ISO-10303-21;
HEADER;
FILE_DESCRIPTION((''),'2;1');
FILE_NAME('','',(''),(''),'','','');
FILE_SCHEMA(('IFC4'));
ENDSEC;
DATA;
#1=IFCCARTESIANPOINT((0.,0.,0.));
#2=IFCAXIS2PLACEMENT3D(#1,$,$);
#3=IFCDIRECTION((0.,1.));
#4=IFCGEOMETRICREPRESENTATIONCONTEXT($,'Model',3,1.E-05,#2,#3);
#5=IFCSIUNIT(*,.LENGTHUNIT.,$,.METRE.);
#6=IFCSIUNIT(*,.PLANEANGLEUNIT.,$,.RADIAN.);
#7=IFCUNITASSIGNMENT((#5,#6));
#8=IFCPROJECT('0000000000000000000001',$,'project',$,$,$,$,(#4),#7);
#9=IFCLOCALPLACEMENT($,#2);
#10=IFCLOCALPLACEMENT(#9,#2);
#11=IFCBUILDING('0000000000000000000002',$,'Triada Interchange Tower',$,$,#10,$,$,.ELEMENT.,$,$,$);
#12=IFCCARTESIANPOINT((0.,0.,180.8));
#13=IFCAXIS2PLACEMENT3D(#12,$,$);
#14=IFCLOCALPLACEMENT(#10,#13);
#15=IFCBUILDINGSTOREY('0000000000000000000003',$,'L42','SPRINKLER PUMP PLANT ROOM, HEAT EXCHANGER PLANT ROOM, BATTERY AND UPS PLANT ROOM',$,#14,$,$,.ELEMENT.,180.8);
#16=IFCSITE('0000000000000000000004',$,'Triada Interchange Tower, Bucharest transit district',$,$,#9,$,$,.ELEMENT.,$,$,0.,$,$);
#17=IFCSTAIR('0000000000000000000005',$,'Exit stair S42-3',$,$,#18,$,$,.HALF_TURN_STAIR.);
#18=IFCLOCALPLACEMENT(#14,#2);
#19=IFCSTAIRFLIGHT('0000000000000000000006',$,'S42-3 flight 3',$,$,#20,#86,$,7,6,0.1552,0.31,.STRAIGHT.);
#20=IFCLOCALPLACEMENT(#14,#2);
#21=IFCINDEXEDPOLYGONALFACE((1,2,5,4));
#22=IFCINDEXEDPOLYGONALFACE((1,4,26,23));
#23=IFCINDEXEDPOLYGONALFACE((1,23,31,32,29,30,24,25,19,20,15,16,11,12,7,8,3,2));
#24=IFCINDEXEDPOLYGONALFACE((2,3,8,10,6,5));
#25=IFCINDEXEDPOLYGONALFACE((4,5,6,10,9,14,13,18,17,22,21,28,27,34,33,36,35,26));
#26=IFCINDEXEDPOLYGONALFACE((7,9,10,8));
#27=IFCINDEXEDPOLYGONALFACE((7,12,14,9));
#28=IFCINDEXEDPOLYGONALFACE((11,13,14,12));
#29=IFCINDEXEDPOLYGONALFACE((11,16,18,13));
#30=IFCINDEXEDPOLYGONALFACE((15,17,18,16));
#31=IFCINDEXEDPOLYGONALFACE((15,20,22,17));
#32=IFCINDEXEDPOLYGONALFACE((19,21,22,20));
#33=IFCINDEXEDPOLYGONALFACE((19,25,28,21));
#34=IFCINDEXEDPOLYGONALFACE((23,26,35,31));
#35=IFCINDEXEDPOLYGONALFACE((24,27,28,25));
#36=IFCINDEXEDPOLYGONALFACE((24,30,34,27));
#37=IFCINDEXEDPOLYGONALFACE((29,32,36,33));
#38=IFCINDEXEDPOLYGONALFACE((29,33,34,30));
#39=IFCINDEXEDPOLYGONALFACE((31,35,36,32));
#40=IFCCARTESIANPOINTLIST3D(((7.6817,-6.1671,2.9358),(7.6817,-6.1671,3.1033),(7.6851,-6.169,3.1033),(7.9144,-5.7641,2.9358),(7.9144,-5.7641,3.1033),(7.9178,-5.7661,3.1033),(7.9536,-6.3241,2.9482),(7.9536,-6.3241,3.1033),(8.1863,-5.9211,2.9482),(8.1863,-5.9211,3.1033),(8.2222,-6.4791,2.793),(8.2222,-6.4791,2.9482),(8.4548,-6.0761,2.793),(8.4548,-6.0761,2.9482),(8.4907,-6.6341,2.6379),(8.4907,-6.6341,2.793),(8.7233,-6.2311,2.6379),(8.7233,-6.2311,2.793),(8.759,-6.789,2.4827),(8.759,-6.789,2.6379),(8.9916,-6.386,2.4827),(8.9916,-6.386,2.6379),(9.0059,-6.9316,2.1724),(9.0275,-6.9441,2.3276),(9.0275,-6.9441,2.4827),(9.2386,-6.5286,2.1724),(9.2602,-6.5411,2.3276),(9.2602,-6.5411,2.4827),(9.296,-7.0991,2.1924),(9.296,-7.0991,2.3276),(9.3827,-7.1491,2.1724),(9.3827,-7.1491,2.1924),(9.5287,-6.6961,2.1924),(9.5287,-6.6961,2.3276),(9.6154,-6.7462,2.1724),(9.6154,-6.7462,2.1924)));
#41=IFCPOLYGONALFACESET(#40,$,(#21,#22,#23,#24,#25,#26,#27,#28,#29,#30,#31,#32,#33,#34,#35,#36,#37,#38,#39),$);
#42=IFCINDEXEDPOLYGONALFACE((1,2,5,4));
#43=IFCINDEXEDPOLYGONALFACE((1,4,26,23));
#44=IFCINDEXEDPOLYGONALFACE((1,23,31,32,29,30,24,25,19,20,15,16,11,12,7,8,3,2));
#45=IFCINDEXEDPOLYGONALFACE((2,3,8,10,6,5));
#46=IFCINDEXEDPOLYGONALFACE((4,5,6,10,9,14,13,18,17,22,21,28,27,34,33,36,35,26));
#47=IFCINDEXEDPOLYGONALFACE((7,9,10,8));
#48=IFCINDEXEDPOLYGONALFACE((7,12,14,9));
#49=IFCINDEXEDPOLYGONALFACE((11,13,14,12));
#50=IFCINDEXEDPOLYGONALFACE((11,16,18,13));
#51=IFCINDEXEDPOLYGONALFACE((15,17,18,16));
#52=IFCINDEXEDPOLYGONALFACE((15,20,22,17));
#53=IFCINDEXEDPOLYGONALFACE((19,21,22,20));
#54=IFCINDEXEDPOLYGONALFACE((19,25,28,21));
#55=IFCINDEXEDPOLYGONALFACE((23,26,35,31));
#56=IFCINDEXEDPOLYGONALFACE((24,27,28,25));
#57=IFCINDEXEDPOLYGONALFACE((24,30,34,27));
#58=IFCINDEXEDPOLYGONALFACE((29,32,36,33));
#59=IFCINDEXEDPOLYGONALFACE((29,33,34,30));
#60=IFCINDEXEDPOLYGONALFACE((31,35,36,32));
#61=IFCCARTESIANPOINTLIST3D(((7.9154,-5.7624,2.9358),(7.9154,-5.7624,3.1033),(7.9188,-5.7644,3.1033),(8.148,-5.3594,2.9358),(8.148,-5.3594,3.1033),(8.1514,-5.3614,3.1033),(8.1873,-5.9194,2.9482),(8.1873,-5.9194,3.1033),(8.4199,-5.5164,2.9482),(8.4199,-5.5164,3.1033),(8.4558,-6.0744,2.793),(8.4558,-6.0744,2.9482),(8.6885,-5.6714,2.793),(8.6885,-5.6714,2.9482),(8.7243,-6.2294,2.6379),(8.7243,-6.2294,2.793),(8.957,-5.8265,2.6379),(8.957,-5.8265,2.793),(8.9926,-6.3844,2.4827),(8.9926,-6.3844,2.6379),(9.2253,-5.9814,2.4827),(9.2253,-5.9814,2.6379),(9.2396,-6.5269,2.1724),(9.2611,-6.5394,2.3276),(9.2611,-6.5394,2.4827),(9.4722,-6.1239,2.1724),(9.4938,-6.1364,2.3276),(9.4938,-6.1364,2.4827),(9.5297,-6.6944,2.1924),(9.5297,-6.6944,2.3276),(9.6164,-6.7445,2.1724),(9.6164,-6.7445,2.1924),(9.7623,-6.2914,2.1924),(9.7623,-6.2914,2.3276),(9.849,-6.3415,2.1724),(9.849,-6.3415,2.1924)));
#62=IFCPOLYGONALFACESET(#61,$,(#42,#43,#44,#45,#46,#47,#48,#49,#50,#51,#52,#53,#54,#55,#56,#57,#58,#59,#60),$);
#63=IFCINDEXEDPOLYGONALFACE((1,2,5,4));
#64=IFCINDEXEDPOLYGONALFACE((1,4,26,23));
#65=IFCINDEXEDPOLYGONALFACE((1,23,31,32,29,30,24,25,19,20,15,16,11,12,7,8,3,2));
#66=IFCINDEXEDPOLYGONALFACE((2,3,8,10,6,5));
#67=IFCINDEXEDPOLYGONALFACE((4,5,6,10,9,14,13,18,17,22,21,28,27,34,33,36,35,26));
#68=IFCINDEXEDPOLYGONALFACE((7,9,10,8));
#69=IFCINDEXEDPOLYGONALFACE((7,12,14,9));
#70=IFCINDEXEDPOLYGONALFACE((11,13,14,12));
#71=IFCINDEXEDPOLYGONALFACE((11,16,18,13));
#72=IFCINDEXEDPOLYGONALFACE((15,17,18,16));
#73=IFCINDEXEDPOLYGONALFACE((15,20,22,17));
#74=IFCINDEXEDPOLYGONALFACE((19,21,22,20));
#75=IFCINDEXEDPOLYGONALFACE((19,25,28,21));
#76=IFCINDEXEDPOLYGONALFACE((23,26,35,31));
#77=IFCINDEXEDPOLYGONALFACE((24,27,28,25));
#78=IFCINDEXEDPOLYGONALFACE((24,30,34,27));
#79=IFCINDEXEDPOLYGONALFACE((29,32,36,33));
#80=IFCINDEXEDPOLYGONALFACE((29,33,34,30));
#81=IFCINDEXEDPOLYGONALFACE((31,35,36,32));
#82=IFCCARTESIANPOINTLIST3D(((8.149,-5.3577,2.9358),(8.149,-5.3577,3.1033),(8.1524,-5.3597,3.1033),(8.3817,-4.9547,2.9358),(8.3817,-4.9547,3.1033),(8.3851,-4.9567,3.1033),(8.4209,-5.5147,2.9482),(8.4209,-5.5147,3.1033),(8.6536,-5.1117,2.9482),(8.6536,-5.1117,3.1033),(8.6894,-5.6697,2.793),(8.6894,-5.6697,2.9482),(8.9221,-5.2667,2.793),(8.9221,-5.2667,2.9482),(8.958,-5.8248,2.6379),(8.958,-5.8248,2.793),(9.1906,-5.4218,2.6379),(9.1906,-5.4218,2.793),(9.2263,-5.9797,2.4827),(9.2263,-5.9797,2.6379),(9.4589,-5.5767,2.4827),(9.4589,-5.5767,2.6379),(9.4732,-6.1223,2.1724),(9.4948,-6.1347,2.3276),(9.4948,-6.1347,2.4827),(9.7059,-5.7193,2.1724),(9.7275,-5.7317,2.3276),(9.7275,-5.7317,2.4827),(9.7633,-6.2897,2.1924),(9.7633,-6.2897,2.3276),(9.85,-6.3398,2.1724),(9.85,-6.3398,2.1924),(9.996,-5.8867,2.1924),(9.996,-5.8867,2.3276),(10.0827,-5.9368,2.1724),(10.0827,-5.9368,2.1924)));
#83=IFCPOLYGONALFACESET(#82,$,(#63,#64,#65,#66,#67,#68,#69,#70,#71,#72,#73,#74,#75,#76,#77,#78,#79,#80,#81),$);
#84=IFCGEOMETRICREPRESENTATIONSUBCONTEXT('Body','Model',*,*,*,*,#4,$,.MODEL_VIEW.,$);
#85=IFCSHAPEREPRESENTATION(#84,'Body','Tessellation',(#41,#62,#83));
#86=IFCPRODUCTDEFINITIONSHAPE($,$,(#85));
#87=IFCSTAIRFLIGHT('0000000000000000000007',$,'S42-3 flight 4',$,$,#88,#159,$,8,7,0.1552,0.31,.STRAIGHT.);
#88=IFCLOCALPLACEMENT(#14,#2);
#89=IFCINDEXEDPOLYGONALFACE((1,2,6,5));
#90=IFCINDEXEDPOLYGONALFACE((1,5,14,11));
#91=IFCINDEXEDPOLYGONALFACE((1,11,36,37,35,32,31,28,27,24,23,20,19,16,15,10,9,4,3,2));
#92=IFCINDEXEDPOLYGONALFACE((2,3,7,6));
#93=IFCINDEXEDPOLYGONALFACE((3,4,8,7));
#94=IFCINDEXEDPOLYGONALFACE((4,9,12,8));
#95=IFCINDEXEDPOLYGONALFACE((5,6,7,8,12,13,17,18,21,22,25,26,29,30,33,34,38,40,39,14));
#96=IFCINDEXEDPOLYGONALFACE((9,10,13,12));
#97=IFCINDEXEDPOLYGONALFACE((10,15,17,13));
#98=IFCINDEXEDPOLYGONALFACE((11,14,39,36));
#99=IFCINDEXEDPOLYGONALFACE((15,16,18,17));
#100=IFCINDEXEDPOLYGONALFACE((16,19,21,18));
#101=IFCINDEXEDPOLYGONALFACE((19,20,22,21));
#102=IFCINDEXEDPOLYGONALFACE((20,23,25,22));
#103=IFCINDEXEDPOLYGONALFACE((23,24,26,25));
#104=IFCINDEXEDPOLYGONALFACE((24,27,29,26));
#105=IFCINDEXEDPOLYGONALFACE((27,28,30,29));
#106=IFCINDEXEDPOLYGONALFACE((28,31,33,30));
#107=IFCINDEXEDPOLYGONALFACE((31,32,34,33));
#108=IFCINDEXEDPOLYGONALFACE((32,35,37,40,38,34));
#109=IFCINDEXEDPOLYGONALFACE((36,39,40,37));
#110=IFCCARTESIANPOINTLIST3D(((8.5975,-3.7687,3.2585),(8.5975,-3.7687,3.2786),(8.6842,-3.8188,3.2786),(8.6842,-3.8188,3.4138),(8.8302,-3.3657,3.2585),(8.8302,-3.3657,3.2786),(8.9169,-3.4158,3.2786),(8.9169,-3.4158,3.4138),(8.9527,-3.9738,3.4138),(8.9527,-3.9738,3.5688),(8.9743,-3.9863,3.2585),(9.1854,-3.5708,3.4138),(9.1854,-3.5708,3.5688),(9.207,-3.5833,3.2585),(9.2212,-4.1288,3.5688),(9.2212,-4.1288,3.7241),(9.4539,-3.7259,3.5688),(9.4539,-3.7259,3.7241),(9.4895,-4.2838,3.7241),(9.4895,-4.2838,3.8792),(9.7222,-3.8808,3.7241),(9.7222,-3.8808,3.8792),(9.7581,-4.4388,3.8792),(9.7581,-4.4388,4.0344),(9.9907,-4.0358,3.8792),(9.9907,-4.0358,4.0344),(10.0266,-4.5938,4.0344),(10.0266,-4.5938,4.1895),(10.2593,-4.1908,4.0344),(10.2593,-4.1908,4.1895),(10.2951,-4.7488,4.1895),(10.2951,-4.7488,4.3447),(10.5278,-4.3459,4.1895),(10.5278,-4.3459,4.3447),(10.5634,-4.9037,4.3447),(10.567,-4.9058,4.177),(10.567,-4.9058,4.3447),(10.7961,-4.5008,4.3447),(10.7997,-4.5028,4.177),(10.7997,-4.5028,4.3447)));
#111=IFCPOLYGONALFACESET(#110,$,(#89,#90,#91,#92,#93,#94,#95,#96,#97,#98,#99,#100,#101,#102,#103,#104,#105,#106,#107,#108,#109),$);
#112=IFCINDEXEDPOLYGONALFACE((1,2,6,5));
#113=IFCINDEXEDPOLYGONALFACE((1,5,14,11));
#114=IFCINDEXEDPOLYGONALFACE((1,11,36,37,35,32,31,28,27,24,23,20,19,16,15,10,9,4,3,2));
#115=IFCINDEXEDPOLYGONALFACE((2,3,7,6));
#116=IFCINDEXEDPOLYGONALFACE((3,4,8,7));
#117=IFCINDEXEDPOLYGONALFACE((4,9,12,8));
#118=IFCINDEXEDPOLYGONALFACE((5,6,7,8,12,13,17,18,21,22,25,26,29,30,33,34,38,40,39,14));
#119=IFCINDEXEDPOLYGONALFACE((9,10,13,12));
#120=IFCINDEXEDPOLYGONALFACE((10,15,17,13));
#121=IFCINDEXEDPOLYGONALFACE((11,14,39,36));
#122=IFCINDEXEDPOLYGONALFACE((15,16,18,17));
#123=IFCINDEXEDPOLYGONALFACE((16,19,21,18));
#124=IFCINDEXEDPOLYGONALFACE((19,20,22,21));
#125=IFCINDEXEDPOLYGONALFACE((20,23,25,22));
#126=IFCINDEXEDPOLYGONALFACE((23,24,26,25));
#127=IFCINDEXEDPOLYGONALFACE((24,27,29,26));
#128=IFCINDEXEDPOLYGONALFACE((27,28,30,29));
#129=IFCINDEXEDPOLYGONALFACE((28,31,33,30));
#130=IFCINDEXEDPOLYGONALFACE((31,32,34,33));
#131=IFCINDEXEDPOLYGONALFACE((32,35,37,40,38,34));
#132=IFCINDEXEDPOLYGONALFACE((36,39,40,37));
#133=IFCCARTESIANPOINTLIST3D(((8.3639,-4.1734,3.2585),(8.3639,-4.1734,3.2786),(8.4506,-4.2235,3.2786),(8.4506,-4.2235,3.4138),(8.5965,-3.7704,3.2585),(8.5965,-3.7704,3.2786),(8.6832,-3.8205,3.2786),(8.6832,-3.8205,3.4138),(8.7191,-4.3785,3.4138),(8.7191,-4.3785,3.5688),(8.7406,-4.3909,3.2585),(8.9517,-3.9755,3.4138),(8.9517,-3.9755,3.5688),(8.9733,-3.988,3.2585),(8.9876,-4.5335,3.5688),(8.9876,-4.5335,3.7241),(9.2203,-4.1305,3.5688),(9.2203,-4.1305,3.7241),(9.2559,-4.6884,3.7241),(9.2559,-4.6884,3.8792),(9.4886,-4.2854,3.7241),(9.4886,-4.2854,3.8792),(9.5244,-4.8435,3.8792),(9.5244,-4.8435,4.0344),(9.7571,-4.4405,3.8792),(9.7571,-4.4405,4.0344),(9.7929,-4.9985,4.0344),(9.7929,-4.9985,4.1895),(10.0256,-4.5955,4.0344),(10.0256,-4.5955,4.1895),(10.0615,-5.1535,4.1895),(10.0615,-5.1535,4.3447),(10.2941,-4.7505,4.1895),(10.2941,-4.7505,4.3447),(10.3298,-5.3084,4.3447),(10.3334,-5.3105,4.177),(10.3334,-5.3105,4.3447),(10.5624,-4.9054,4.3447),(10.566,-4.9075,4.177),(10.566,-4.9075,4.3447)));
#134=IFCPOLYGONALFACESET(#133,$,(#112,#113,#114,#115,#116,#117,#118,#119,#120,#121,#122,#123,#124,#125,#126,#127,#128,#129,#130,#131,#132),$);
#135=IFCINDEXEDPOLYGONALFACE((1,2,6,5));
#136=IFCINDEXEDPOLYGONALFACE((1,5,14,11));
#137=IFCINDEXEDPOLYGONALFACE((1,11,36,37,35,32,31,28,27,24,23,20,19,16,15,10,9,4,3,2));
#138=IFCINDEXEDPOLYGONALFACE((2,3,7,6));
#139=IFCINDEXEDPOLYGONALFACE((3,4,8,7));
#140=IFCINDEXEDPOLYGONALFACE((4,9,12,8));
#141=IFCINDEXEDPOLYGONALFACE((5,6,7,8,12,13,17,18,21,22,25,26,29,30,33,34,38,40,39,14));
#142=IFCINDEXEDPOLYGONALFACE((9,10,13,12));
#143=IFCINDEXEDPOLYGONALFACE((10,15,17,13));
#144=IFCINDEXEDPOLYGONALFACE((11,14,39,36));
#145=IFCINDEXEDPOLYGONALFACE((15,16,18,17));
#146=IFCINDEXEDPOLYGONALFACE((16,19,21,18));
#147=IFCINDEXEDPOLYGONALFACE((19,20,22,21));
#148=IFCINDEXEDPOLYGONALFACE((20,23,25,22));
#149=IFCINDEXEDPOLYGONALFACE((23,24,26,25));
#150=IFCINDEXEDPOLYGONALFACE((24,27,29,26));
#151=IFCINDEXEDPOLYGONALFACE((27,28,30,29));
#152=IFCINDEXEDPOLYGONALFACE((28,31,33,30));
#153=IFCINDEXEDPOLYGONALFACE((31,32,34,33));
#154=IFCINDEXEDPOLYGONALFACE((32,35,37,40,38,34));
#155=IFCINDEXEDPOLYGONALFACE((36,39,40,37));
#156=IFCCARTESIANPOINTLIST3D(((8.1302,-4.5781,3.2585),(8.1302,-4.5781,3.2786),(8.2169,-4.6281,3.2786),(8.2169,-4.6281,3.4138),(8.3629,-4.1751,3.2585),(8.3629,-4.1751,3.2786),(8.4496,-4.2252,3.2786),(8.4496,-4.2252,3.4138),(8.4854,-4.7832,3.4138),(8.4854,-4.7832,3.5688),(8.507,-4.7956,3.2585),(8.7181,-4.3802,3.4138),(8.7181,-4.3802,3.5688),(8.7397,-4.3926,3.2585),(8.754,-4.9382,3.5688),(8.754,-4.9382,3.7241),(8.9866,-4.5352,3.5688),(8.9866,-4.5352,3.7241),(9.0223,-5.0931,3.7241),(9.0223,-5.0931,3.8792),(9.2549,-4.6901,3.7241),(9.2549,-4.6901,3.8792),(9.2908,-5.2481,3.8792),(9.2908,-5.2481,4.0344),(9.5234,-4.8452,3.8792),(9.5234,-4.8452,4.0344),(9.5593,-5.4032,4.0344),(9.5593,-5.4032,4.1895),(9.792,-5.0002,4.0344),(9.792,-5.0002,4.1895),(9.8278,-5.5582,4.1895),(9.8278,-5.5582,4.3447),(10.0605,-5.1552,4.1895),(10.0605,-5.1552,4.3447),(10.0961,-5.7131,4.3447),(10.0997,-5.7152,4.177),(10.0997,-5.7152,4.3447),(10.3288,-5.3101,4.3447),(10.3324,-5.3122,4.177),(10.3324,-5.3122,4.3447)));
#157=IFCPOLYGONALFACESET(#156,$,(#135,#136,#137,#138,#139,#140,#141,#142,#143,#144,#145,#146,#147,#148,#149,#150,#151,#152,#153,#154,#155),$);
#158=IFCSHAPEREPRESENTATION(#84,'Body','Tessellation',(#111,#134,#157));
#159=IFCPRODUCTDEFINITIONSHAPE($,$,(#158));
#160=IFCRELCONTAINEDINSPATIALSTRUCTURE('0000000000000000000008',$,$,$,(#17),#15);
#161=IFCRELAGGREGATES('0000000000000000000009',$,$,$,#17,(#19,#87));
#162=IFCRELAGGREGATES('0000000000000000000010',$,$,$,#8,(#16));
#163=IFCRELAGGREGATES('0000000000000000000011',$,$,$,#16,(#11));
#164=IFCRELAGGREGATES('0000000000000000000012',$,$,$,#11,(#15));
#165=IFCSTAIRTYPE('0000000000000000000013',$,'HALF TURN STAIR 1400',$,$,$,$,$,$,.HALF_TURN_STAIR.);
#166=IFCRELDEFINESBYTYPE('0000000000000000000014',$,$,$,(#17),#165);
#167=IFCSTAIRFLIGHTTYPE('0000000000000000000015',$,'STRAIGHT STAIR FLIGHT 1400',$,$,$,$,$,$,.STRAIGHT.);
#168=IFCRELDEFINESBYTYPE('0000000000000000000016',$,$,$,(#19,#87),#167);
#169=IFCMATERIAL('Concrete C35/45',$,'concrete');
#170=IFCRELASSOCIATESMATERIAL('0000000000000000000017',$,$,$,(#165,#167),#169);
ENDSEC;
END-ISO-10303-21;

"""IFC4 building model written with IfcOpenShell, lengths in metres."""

from ifc_helpers import new_model, si_unit, direction, frame, origin, place, context, subcontext, project, spatial, polyline, outline, extrude, material, type_object, element, aggregate, save


model = new_model("IFC4")

# Units and contexts
model_context = context("Model", 3, precision=1e-05, world=origin(), true_north=direction((0.0, 1.0)))
body_context = subcontext(model_context, "Body", "Model", "MODEL_VIEW")
ifc_project = project(units=[si_unit("LENGTHUNIT", "METRE"), si_unit("PLANEANGLEUNIT", "RADIAN")], contexts=[model_context])

# Site, building, storey
site_placement = place(None, origin())
site = spatial("IfcSite", under=ifc_project, at=site_placement, Name="Triada Interchange Tower, Bucharest transit district", CompositionType="ELEMENT", RefElevation=0.0)
building_placement = place(site_placement, origin())
building = spatial("IfcBuilding", under=site, at=building_placement, Name="Triada Interchange Tower", CompositionType="ELEMENT")
storey_placement = place(building_placement, frame((0.0, 0.0, 180.8)))
storey = spatial("IfcBuildingStorey", under=building, at=storey_placement, Name="L42", Description="SPRINKLER PUMP PLANT ROOM, HEAT EXCHANGER PLANT ROOM, BATTERY AND UPS PLANT ROOM", CompositionType="ELEMENT", Elevation=180.8)

# Shared definitions
ifc_material_1 = material(Name="Concrete C35/45", Category="concrete")

# Stair, stair flights
stair_type = type_object("IfcStairType", Name="HALF TURN STAIR 1400", PredefinedType="HALF_TURN_STAIR", material=ifc_material_1)
stair_placement = place(storey_placement, origin())
stair = element("IfcStair", 1, at=stair_placement, inside=storey, type_object=stair_type, Name="Exit stair S42-3", PredefinedType="HALF_TURN_STAIR")
stair_flight_type = type_object("IfcStairFlightType", Name="STRAIGHT STAIR FLIGHT 1400", PredefinedType="STRAIGHT", material=ifc_material_1)
stair_flight_1_placement = place(storey_placement, frame((9.646, -6.4929, 2.1724), z_axis=(0.0, 0.0, 1.0), x_axis=(-0.866025, 0.5, 0.0)))
stair_flight_1 = element("IfcStairFlight", 2, at=stair_flight_1_placement, type_object=stair_flight_type, Name="S42-3 flight 3", NumberOfRisers=7, NumberOfTreads=6, PredefinedType="STRAIGHT", RiserHeight=0.1552, TreadLength=0.31, context=body_context, shape_type="SweptSolid", body=[
    extrude(outline(polyline([(-0.1001, 0.0), (-0.1001, 0.02), (0.0, 0.02), (0.0, 0.1553), (0.3101, 0.1553), (0.3101, 0.3103), (0.6201, 0.3103), (0.6201, 0.4656), (0.9299, 0.4656), (0.9299, 0.6206), (1.24, 0.6206), (1.24, 0.7759), (1.55, 0.7759), (1.55, 0.9309), (1.8601, 0.9309), (1.864, 0.9309), (1.864, 1.0862), (1.864, 0.7634), (0.335, 0.0), (-0.1001, 0.0)])), frame((0.0, 0.7, 0.0), z_axis=(0.0, -1.0, 0.0), x_axis=(1.0, 0.0, 0.0)), (0.0, 0.0, 1.0), 0.4653),
    extrude(outline(polyline([(-0.1001, 0.0), (-0.1001, 0.02), (0.0, 0.02), (0.0, 0.1553), (0.3101, 0.1553), (0.3101, 0.3103), (0.6201, 0.3103), (0.6201, 0.4656), (0.9299, 0.4656), (0.9299, 0.6206), (1.24, 0.6206), (1.24, 0.7759), (1.55, 0.7759), (1.55, 0.9309), (1.8601, 0.9309), (1.864, 0.9309), (1.864, 1.0862), (1.864, 0.7634), (0.335, 0.0), (-0.1001, 0.0)])), frame((0.0, 0.2327, 0.0), z_axis=(0.0, -1.0, 0.0), x_axis=(1.0, 0.0, 0.0)), (0.0, 0.0, 1.0), 0.4653),
    extrude(outline(polyline([(-0.1001, 0.0), (-0.1001, 0.02), (0.0, 0.02), (0.0, 0.1553), (0.3101, 0.1553), (0.3101, 0.3103), (0.6201, 0.3103), (0.6201, 0.4656), (0.9299, 0.4656), (0.9299, 0.6206), (1.24, 0.6206), (1.24, 0.7759), (1.55, 0.7759), (1.55, 0.9309), (1.8601, 0.9309), (1.864, 0.9309), (1.864, 1.0862), (1.864, 0.7634), (0.335, 0.0), (-0.1001, 0.0)])), frame((0.0, -0.2346, 0.0), z_axis=(0.0, -1.0, 0.0), x_axis=(1.0, 0.0, 0.0)), (0.0, 0.0, 1.0), 0.4653),
])
stair_flight_2_placement = place(storey_placement, frame((8.5669, -4.022, 3.2585), z_axis=(0.0, 0.0, 1.0), x_axis=(0.866025, -0.5, 0.0)))
stair_flight_2 = element("IfcStairFlight", 3, at=stair_flight_2_placement, type_object=stair_flight_type, Name="S42-3 flight 4", NumberOfRisers=8, NumberOfTreads=7, PredefinedType="STRAIGHT", RiserHeight=0.1552, TreadLength=0.31, context=body_context, shape_type="SweptSolid", body=[
    extrude(outline(polyline([(-0.1001, 0.0), (-0.1001, 0.02), (0.0, 0.02), (0.0, 0.1553), (0.3101, 0.1553), (0.3101, 0.3103), (0.6201, 0.3103), (0.6201, 0.4656), (0.9299, 0.4656), (0.9299, 0.6206), (1.24, 0.6206), (1.24, 0.7759), (1.55, 0.7759), (1.55, 0.9309), (1.8601, 0.9309), (1.8601, 1.0862), (2.1699, 1.0862), (2.1741, 1.0862), (2.1741, 1.2415), (2.1741, 0.9185), (0.335, 0.0), (-0.1001, 0.0)])), frame((0.0, 0.7, 0.0), z_axis=(0.0, -1.0, 0.0), x_axis=(1.0, 0.0, 0.0)), (0.0, 0.0, 1.0), 0.4653),
    extrude(outline(polyline([(-0.1001, 0.0), (-0.1001, 0.02), (0.0, 0.02), (0.0, 0.1553), (0.3101, 0.1553), (0.3101, 0.3103), (0.6201, 0.3103), (0.6201, 0.4656), (0.9299, 0.4656), (0.9299, 0.6206), (1.24, 0.6206), (1.24, 0.7759), (1.55, 0.7759), (1.55, 0.9309), (1.8601, 0.9309), (1.8601, 1.0862), (2.1699, 1.0862), (2.1741, 1.0862), (2.1741, 1.2415), (2.1741, 0.9185), (0.335, 0.0), (-0.1001, 0.0)])), frame((0.0, 0.2327, 0.0), z_axis=(0.0, -1.0, 0.0), x_axis=(1.0, 0.0, 0.0)), (0.0, 0.0, 1.0), 0.4653),
    extrude(outline(polyline([(-0.1001, 0.0), (-0.1001, 0.02), (0.0, 0.02), (0.0, 0.1553), (0.3101, 0.1553), (0.3101, 0.3103), (0.6201, 0.3103), (0.6201, 0.4656), (0.9299, 0.4656), (0.9299, 0.6206), (1.24, 0.6206), (1.24, 0.7759), (1.55, 0.7759), (1.55, 0.9309), (1.8601, 0.9309), (1.8601, 1.0862), (2.1699, 1.0862), (2.1741, 1.0862), (2.1741, 1.2415), (2.1741, 0.9185), (0.335, 0.0), (-0.1001, 0.0)])), frame((0.0, -0.2346, 0.0), z_axis=(0.0, -1.0, 0.0), x_axis=(1.0, 0.0, 0.0)), (0.0, 0.0, 1.0), 0.4653),
])
aggregate(stair, [stair_flight_1, stair_flight_2])

save(model, "model.ifc")
